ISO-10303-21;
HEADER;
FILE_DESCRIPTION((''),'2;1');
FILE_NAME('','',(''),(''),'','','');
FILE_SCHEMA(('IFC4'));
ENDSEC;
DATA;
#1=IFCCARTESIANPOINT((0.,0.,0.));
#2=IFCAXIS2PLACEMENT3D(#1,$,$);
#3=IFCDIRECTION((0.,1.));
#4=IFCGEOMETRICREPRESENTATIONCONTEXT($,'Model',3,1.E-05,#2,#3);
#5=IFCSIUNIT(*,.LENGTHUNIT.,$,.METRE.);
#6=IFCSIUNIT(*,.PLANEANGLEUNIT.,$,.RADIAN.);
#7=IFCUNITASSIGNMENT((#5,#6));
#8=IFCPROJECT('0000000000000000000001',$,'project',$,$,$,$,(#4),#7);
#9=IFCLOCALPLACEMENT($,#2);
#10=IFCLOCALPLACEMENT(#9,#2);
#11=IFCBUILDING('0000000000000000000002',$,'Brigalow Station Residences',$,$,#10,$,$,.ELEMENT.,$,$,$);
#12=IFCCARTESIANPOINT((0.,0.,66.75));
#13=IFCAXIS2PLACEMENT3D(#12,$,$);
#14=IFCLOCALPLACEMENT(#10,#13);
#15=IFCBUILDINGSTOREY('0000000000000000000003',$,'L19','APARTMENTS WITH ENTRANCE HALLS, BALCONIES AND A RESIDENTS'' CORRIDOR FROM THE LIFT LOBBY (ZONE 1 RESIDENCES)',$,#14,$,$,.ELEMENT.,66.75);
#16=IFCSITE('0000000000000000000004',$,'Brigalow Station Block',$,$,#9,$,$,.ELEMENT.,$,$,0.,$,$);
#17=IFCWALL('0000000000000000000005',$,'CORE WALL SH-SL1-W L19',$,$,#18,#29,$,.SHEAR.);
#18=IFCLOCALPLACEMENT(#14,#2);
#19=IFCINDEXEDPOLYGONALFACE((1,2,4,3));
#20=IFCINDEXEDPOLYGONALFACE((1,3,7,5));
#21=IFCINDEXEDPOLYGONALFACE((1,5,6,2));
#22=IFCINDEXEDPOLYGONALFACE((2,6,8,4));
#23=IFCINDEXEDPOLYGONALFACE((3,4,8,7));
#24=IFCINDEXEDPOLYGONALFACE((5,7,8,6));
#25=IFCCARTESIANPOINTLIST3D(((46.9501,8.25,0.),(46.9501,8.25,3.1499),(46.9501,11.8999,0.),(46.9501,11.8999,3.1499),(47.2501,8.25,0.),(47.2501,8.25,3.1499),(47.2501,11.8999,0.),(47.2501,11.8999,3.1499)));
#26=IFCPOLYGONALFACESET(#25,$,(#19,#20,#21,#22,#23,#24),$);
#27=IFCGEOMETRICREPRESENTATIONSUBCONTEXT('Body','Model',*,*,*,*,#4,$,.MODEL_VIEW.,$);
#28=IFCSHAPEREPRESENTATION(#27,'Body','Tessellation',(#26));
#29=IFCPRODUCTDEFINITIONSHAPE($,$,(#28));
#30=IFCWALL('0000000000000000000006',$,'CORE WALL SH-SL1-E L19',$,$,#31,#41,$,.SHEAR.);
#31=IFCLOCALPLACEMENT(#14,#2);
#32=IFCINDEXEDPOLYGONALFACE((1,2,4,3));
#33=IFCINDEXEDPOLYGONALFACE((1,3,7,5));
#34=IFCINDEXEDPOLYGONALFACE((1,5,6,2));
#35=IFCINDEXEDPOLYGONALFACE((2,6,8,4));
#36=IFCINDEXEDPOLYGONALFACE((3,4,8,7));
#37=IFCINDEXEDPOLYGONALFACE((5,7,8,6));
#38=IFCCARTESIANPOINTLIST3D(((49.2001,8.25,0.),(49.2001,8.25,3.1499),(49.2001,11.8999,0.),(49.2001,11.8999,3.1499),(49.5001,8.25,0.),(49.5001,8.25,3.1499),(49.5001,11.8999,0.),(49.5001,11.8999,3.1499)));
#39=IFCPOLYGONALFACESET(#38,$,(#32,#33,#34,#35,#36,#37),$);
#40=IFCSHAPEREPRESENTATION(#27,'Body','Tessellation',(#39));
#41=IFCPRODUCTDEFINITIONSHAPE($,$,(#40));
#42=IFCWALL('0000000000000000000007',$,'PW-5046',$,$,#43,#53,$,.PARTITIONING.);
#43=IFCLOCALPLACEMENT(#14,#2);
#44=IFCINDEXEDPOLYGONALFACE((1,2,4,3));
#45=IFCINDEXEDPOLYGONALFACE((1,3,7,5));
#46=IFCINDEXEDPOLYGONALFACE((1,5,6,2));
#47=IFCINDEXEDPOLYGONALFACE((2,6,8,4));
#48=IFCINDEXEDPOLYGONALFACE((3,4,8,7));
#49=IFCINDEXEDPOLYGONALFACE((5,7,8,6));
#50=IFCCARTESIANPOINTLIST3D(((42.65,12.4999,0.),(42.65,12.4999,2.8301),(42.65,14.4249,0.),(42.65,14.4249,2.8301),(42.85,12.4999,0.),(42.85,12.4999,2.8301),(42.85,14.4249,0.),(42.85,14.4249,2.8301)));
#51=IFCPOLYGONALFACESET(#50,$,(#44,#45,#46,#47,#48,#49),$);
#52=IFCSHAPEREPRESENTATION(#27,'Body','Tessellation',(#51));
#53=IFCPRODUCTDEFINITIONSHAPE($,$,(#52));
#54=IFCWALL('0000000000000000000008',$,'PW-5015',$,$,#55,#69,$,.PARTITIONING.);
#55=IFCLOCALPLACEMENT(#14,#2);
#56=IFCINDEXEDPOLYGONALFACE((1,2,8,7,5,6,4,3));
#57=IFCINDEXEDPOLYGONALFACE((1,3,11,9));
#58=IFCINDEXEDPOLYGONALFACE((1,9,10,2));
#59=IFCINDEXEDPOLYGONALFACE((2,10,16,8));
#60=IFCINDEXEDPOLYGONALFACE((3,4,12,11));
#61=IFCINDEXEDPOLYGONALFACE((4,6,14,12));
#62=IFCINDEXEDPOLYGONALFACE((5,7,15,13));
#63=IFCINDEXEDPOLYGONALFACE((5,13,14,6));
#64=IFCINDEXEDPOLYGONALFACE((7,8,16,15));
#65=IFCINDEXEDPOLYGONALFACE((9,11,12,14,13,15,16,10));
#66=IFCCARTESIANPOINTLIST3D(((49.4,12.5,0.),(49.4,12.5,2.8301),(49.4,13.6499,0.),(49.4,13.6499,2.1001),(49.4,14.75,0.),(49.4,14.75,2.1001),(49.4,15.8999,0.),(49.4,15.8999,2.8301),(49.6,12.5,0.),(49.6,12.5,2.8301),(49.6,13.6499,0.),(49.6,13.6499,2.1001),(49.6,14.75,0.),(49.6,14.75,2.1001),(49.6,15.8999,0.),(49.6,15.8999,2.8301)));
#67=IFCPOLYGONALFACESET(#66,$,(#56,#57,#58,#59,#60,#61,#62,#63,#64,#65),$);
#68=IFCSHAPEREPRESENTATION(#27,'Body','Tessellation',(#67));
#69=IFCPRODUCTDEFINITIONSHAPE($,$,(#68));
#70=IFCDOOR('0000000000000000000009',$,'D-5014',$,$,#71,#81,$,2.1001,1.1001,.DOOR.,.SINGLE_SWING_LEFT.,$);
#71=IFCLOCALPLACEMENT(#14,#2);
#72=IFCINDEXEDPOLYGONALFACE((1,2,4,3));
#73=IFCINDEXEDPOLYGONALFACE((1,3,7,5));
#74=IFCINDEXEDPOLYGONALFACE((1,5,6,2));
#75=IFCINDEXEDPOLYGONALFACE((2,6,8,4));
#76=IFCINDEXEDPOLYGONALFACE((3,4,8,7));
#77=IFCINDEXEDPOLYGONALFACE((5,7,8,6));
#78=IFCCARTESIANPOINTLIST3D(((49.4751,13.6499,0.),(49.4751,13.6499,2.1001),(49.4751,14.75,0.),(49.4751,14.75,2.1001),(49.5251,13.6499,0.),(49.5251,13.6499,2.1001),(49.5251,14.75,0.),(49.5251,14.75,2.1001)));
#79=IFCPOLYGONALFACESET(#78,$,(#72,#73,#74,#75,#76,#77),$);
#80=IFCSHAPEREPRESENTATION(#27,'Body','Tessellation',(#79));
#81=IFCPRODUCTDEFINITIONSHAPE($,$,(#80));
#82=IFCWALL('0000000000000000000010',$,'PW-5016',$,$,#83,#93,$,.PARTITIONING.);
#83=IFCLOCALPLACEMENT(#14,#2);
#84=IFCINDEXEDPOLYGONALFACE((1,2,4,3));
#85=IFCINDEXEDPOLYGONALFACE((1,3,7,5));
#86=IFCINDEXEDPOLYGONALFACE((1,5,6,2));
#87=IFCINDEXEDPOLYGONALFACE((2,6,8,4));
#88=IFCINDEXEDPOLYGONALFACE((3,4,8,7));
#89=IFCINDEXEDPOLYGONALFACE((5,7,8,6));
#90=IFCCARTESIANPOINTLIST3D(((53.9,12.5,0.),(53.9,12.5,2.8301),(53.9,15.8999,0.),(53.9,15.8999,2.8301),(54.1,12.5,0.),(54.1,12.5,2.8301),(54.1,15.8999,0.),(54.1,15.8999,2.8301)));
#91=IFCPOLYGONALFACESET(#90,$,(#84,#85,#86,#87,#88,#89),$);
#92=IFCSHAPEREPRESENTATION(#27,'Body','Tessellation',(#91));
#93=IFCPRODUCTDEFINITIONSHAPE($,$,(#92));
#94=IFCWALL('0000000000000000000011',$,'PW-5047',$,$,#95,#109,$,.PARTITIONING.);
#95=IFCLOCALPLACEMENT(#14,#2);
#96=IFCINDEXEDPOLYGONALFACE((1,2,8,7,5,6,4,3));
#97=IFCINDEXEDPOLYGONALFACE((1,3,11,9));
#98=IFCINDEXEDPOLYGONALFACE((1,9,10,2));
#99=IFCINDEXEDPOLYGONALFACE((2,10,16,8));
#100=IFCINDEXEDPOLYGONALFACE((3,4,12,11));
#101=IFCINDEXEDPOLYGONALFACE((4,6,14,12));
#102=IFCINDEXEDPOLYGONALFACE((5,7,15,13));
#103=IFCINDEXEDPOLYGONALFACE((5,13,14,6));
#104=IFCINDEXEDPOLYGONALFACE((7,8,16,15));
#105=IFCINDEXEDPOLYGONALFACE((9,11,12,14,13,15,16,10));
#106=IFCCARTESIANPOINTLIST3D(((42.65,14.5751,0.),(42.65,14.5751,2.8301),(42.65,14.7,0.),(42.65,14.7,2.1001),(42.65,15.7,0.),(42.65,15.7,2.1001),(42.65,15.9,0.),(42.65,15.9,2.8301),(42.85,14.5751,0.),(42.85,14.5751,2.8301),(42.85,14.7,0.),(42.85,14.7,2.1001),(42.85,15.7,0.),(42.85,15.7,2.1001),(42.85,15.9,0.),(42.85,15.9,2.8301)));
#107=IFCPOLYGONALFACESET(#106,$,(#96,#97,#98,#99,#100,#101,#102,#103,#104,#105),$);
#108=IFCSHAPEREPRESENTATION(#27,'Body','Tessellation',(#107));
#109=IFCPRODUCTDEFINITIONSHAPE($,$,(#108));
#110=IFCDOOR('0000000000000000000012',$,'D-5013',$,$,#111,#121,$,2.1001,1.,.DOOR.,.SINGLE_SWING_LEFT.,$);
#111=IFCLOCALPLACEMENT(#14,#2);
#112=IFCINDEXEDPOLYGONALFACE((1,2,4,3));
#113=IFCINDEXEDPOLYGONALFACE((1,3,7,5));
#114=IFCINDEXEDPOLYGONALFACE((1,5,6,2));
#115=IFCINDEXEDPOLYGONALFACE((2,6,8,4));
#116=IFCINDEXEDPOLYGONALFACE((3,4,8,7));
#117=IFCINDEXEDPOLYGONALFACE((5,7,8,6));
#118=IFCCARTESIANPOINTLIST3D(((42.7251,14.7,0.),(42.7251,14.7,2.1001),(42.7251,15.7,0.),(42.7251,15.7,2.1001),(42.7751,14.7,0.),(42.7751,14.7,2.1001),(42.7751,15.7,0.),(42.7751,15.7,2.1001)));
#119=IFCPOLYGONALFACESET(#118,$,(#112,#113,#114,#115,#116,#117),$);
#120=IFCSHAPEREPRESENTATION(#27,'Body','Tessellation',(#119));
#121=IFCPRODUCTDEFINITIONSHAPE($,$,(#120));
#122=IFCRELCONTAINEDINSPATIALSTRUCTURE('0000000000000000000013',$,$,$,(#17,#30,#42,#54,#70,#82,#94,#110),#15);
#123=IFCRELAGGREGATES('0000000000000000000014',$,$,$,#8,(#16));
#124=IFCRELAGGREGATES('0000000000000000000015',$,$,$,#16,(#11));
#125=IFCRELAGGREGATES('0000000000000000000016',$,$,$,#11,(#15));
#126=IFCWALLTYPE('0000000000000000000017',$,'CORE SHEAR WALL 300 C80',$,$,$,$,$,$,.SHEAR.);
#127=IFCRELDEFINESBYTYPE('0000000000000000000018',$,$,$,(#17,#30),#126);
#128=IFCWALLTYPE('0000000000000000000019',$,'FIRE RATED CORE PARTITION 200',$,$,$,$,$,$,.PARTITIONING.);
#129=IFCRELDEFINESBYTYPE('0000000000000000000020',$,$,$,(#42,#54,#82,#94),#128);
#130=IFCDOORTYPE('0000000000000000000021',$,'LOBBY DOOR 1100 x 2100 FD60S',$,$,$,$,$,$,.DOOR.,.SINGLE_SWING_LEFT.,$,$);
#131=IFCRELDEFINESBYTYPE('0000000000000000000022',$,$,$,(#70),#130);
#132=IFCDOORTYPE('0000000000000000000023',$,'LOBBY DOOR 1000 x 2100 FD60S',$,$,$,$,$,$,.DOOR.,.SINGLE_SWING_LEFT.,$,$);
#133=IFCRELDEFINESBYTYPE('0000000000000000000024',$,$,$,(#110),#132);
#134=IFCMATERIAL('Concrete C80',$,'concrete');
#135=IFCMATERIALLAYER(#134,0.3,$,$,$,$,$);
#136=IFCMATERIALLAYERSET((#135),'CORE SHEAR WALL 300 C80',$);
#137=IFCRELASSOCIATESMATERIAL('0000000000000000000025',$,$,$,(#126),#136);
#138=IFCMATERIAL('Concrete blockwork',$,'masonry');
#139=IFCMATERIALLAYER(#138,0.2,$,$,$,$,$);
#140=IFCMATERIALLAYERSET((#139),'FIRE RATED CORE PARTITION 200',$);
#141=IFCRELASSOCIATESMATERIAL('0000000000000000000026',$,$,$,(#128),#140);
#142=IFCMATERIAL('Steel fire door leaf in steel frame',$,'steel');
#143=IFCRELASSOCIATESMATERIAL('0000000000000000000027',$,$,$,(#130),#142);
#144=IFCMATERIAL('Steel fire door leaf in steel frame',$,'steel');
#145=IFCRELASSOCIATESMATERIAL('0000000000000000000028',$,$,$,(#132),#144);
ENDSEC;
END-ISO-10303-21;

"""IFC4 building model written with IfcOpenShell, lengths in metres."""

from ifc_helpers import new_model, si_unit, direction, frame, frame_2d, origin, place, context, subcontext, project, spatial, rectangle, extrude, material, layer, layer_set, type_object, element, fill, save


model = new_model("IFC4")

# Units and contexts
model_context = context("Model", 3, precision=1e-05, world=origin(), true_north=direction((0.0, 1.0)))
body_context = subcontext(model_context, "Body", "Model", "MODEL_VIEW")
ifc_project = project(units=[si_unit("LENGTHUNIT", "METRE"), si_unit("PLANEANGLEUNIT", "RADIAN")], contexts=[model_context])

# Site, building, storey
site_placement = place(None, origin())
site = spatial("IfcSite", under=ifc_project, at=site_placement, Name="Brigalow Station Block", CompositionType="ELEMENT", RefElevation=0.0)
building_placement = place(site_placement, origin())
building = spatial("IfcBuilding", under=site, at=building_placement, Name="Brigalow Station Residences", CompositionType="ELEMENT")
storey_placement = place(building_placement, frame((0.0, 0.0, 66.75)))
storey = spatial("IfcBuildingStorey", under=building, at=storey_placement, Name="L19", Description="APARTMENTS WITH ENTRANCE HALLS, BALCONIES AND A RESIDENTS' CORRIDOR FROM THE LIFT LOBBY (ZONE 1 RESIDENCES)", CompositionType="ELEMENT", Elevation=66.75)

# Walls
ifc_material_1 = material(Name="Concrete C80", Category="concrete")
ifc_layer_1 = layer(ifc_material_1, 0.3)
ifc_layer_set_1 = layer_set([ifc_layer_1], Name="CORE SHEAR WALL 300 C80")
wall_type_1 = type_object("IfcWallType", Name="CORE SHEAR WALL 300 C80", PredefinedType="SHEAR", material=ifc_layer_set_1)
for number, where, z_axis, x_axis, name in (
    (1, (47.1001, 8.25, 0.0), (0.0, 0.0, 1.0), (0.0, 1.0, 0.0), "CORE WALL SH-SL1-W L19"),
    (2, (49.3501, 8.25, 0.0), (0.0, 0.0, 1.0), (0.0, 1.0, 0.0), "CORE WALL SH-SL1-E L19"),
):
    element("IfcWall", number, at=place(storey_placement, frame(where, z_axis=z_axis, x_axis=x_axis)), inside=storey, type_object=wall_type_1, Name=name, PredefinedType="SHEAR", context=body_context, shape_type="SweptSolid", body=[
        extrude(rectangle(XDim=3.6499, YDim=0.3, at=frame_2d((1.825, 0.0))), origin(), (0.0, 0.0, 1.0), 3.1499),
    ])
ifc_material_2 = material(Name="Concrete blockwork", Category="masonry")
ifc_layer_2 = layer(ifc_material_2, 0.2)
ifc_layer_set_2 = layer_set([ifc_layer_2], Name="FIRE RATED CORE PARTITION 200")
wall_type_2 = type_object("IfcWallType", Name="FIRE RATED CORE PARTITION 200", PredefinedType="PARTITIONING", material=ifc_layer_set_2)
wall_1_placement = place(storey_placement, frame((42.75, 12.5, 0.0), z_axis=(0.0, 0.0, 1.0), x_axis=(0.0, 1.0, 0.0)))
element("IfcWall", 3, at=wall_1_placement, inside=storey, type_object=wall_type_2, Name="PW-5046", PredefinedType="PARTITIONING", context=body_context, shape_type="SweptSolid", body=[
    extrude(rectangle(XDim=1.925, YDim=0.2, at=frame_2d((0.9624, 0.0))), origin(), (0.0, 0.0, 1.0), 2.8301),
])

# Wall, opening, door
wall_2_placement = place(storey_placement, frame((49.5, 12.5, 0.0), z_axis=(0.0, 0.0, 1.0), x_axis=(0.0, 1.0, 0.0)))
wall_2 = element("IfcWall", 4, at=wall_2_placement, inside=storey, type_object=wall_type_2, Name="PW-5015", PredefinedType="PARTITIONING", context=body_context, shape_type="SweptSolid", body=[
    extrude(rectangle(XDim=3.3999, YDim=0.2, at=frame_2d((1.7, 0.0))), origin(), (0.0, 0.0, 1.0), 2.8301),
])
opening_1_placement = place(wall_2_placement, frame((1.1499, 0.0, 0.0)))
opening_1 = element("IfcOpeningElement", 5, at=opening_1_placement, cuts=wall_2, PredefinedType="OPENING", context=body_context, shape_type="SweptSolid", body=[
    extrude(rectangle(XDim=1.1001, YDim=2.1001, at=frame_2d((0.55, 1.05))), frame((0.0, 0.1099, 0.0), z_axis=(0.0, -1.0, 0.0), x_axis=(1.0, 0.0, 0.0)), (0.0, 0.0, 1.0), 0.22),
])
ifc_material_3 = material(Name="Steel fire door leaf in steel frame", Category="steel")
door_type_1 = type_object("IfcDoorType", Name="LOBBY DOOR 1100 x 2100 FD60S", OperationType="SINGLE_SWING_LEFT", PredefinedType="DOOR", material=ifc_material_3)
door_1_placement = place(opening_1_placement, origin())
door_1 = element("IfcDoor", 6, at=door_1_placement, inside=storey, type_object=door_type_1, Name="D-5014", OperationType="SINGLE_SWING_LEFT", OverallHeight=2.1001, OverallWidth=1.1001, PredefinedType="DOOR", context=body_context, shape_type="SweptSolid", body=[
    extrude(rectangle(XDim=1.1001, YDim=2.1001, at=frame_2d((0.55, 1.05))), frame((0.0, 0.0249, 0.0), z_axis=(0.0, -1.0, 0.0), x_axis=(1.0, 0.0, 0.0)), (0.0, 0.0, 1.0), 0.05),
])
fill(opening_1, door_1)

# Wall
wall_3_placement = place(storey_placement, frame((54.0, 12.5, 0.0), z_axis=(0.0, 0.0, 1.0), x_axis=(0.0, 1.0, 0.0)))
element("IfcWall", 7, at=wall_3_placement, inside=storey, type_object=wall_type_2, Name="PW-5016", PredefinedType="PARTITIONING", context=body_context, shape_type="SweptSolid", body=[
    extrude(rectangle(XDim=3.3999, YDim=0.2, at=frame_2d((1.7, 0.0))), origin(), (0.0, 0.0, 1.0), 2.8301),
])

# Wall, opening, door
wall_4_placement = place(storey_placement, frame((42.75, 14.575, 0.0), z_axis=(0.0, 0.0, 1.0), x_axis=(0.0, 1.0, 0.0)))
wall_4 = element("IfcWall", 8, at=wall_4_placement, inside=storey, type_object=wall_type_2, Name="PW-5047", PredefinedType="PARTITIONING", context=body_context, shape_type="SweptSolid", body=[
    extrude(rectangle(XDim=1.325, YDim=0.2, at=frame_2d((0.6626, 0.0))), origin(), (0.0, 0.0, 1.0), 2.8301),
])
opening_2_placement = place(wall_4_placement, frame((0.125, 0.0, 0.0)))
opening_2 = element("IfcOpeningElement", 9, at=opening_2_placement, cuts=wall_4, PredefinedType="OPENING", context=body_context, shape_type="SweptSolid", body=[
    extrude(rectangle(XDim=1.0, YDim=2.1001, at=frame_2d((0.5, 1.05))), frame((0.0, 0.1099, 0.0), z_axis=(0.0, -1.0, 0.0), x_axis=(1.0, 0.0, 0.0)), (0.0, 0.0, 1.0), 0.22),
])
ifc_material_4 = material(Name="Steel fire door leaf in steel frame", Category="steel")
door_type_2 = type_object("IfcDoorType", Name="LOBBY DOOR 1000 x 2100 FD60S", OperationType="SINGLE_SWING_LEFT", PredefinedType="DOOR", material=ifc_material_4)
door_2_placement = place(opening_2_placement, origin())
door_2 = element("IfcDoor", 10, at=door_2_placement, inside=storey, type_object=door_type_2, Name="D-5013", OperationType="SINGLE_SWING_LEFT", OverallHeight=2.1001, OverallWidth=1.0, PredefinedType="DOOR", context=body_context, shape_type="SweptSolid", body=[
    extrude(rectangle(XDim=1.0, YDim=2.1001, at=frame_2d((0.5, 1.05))), frame((0.0, 0.0249, 0.0), z_axis=(0.0, -1.0, 0.0), x_axis=(1.0, 0.0, 0.0)), (0.0, 0.0, 1.0), 0.05),
])
fill(opening_2, door_2)

save(model, "model.ifc")
